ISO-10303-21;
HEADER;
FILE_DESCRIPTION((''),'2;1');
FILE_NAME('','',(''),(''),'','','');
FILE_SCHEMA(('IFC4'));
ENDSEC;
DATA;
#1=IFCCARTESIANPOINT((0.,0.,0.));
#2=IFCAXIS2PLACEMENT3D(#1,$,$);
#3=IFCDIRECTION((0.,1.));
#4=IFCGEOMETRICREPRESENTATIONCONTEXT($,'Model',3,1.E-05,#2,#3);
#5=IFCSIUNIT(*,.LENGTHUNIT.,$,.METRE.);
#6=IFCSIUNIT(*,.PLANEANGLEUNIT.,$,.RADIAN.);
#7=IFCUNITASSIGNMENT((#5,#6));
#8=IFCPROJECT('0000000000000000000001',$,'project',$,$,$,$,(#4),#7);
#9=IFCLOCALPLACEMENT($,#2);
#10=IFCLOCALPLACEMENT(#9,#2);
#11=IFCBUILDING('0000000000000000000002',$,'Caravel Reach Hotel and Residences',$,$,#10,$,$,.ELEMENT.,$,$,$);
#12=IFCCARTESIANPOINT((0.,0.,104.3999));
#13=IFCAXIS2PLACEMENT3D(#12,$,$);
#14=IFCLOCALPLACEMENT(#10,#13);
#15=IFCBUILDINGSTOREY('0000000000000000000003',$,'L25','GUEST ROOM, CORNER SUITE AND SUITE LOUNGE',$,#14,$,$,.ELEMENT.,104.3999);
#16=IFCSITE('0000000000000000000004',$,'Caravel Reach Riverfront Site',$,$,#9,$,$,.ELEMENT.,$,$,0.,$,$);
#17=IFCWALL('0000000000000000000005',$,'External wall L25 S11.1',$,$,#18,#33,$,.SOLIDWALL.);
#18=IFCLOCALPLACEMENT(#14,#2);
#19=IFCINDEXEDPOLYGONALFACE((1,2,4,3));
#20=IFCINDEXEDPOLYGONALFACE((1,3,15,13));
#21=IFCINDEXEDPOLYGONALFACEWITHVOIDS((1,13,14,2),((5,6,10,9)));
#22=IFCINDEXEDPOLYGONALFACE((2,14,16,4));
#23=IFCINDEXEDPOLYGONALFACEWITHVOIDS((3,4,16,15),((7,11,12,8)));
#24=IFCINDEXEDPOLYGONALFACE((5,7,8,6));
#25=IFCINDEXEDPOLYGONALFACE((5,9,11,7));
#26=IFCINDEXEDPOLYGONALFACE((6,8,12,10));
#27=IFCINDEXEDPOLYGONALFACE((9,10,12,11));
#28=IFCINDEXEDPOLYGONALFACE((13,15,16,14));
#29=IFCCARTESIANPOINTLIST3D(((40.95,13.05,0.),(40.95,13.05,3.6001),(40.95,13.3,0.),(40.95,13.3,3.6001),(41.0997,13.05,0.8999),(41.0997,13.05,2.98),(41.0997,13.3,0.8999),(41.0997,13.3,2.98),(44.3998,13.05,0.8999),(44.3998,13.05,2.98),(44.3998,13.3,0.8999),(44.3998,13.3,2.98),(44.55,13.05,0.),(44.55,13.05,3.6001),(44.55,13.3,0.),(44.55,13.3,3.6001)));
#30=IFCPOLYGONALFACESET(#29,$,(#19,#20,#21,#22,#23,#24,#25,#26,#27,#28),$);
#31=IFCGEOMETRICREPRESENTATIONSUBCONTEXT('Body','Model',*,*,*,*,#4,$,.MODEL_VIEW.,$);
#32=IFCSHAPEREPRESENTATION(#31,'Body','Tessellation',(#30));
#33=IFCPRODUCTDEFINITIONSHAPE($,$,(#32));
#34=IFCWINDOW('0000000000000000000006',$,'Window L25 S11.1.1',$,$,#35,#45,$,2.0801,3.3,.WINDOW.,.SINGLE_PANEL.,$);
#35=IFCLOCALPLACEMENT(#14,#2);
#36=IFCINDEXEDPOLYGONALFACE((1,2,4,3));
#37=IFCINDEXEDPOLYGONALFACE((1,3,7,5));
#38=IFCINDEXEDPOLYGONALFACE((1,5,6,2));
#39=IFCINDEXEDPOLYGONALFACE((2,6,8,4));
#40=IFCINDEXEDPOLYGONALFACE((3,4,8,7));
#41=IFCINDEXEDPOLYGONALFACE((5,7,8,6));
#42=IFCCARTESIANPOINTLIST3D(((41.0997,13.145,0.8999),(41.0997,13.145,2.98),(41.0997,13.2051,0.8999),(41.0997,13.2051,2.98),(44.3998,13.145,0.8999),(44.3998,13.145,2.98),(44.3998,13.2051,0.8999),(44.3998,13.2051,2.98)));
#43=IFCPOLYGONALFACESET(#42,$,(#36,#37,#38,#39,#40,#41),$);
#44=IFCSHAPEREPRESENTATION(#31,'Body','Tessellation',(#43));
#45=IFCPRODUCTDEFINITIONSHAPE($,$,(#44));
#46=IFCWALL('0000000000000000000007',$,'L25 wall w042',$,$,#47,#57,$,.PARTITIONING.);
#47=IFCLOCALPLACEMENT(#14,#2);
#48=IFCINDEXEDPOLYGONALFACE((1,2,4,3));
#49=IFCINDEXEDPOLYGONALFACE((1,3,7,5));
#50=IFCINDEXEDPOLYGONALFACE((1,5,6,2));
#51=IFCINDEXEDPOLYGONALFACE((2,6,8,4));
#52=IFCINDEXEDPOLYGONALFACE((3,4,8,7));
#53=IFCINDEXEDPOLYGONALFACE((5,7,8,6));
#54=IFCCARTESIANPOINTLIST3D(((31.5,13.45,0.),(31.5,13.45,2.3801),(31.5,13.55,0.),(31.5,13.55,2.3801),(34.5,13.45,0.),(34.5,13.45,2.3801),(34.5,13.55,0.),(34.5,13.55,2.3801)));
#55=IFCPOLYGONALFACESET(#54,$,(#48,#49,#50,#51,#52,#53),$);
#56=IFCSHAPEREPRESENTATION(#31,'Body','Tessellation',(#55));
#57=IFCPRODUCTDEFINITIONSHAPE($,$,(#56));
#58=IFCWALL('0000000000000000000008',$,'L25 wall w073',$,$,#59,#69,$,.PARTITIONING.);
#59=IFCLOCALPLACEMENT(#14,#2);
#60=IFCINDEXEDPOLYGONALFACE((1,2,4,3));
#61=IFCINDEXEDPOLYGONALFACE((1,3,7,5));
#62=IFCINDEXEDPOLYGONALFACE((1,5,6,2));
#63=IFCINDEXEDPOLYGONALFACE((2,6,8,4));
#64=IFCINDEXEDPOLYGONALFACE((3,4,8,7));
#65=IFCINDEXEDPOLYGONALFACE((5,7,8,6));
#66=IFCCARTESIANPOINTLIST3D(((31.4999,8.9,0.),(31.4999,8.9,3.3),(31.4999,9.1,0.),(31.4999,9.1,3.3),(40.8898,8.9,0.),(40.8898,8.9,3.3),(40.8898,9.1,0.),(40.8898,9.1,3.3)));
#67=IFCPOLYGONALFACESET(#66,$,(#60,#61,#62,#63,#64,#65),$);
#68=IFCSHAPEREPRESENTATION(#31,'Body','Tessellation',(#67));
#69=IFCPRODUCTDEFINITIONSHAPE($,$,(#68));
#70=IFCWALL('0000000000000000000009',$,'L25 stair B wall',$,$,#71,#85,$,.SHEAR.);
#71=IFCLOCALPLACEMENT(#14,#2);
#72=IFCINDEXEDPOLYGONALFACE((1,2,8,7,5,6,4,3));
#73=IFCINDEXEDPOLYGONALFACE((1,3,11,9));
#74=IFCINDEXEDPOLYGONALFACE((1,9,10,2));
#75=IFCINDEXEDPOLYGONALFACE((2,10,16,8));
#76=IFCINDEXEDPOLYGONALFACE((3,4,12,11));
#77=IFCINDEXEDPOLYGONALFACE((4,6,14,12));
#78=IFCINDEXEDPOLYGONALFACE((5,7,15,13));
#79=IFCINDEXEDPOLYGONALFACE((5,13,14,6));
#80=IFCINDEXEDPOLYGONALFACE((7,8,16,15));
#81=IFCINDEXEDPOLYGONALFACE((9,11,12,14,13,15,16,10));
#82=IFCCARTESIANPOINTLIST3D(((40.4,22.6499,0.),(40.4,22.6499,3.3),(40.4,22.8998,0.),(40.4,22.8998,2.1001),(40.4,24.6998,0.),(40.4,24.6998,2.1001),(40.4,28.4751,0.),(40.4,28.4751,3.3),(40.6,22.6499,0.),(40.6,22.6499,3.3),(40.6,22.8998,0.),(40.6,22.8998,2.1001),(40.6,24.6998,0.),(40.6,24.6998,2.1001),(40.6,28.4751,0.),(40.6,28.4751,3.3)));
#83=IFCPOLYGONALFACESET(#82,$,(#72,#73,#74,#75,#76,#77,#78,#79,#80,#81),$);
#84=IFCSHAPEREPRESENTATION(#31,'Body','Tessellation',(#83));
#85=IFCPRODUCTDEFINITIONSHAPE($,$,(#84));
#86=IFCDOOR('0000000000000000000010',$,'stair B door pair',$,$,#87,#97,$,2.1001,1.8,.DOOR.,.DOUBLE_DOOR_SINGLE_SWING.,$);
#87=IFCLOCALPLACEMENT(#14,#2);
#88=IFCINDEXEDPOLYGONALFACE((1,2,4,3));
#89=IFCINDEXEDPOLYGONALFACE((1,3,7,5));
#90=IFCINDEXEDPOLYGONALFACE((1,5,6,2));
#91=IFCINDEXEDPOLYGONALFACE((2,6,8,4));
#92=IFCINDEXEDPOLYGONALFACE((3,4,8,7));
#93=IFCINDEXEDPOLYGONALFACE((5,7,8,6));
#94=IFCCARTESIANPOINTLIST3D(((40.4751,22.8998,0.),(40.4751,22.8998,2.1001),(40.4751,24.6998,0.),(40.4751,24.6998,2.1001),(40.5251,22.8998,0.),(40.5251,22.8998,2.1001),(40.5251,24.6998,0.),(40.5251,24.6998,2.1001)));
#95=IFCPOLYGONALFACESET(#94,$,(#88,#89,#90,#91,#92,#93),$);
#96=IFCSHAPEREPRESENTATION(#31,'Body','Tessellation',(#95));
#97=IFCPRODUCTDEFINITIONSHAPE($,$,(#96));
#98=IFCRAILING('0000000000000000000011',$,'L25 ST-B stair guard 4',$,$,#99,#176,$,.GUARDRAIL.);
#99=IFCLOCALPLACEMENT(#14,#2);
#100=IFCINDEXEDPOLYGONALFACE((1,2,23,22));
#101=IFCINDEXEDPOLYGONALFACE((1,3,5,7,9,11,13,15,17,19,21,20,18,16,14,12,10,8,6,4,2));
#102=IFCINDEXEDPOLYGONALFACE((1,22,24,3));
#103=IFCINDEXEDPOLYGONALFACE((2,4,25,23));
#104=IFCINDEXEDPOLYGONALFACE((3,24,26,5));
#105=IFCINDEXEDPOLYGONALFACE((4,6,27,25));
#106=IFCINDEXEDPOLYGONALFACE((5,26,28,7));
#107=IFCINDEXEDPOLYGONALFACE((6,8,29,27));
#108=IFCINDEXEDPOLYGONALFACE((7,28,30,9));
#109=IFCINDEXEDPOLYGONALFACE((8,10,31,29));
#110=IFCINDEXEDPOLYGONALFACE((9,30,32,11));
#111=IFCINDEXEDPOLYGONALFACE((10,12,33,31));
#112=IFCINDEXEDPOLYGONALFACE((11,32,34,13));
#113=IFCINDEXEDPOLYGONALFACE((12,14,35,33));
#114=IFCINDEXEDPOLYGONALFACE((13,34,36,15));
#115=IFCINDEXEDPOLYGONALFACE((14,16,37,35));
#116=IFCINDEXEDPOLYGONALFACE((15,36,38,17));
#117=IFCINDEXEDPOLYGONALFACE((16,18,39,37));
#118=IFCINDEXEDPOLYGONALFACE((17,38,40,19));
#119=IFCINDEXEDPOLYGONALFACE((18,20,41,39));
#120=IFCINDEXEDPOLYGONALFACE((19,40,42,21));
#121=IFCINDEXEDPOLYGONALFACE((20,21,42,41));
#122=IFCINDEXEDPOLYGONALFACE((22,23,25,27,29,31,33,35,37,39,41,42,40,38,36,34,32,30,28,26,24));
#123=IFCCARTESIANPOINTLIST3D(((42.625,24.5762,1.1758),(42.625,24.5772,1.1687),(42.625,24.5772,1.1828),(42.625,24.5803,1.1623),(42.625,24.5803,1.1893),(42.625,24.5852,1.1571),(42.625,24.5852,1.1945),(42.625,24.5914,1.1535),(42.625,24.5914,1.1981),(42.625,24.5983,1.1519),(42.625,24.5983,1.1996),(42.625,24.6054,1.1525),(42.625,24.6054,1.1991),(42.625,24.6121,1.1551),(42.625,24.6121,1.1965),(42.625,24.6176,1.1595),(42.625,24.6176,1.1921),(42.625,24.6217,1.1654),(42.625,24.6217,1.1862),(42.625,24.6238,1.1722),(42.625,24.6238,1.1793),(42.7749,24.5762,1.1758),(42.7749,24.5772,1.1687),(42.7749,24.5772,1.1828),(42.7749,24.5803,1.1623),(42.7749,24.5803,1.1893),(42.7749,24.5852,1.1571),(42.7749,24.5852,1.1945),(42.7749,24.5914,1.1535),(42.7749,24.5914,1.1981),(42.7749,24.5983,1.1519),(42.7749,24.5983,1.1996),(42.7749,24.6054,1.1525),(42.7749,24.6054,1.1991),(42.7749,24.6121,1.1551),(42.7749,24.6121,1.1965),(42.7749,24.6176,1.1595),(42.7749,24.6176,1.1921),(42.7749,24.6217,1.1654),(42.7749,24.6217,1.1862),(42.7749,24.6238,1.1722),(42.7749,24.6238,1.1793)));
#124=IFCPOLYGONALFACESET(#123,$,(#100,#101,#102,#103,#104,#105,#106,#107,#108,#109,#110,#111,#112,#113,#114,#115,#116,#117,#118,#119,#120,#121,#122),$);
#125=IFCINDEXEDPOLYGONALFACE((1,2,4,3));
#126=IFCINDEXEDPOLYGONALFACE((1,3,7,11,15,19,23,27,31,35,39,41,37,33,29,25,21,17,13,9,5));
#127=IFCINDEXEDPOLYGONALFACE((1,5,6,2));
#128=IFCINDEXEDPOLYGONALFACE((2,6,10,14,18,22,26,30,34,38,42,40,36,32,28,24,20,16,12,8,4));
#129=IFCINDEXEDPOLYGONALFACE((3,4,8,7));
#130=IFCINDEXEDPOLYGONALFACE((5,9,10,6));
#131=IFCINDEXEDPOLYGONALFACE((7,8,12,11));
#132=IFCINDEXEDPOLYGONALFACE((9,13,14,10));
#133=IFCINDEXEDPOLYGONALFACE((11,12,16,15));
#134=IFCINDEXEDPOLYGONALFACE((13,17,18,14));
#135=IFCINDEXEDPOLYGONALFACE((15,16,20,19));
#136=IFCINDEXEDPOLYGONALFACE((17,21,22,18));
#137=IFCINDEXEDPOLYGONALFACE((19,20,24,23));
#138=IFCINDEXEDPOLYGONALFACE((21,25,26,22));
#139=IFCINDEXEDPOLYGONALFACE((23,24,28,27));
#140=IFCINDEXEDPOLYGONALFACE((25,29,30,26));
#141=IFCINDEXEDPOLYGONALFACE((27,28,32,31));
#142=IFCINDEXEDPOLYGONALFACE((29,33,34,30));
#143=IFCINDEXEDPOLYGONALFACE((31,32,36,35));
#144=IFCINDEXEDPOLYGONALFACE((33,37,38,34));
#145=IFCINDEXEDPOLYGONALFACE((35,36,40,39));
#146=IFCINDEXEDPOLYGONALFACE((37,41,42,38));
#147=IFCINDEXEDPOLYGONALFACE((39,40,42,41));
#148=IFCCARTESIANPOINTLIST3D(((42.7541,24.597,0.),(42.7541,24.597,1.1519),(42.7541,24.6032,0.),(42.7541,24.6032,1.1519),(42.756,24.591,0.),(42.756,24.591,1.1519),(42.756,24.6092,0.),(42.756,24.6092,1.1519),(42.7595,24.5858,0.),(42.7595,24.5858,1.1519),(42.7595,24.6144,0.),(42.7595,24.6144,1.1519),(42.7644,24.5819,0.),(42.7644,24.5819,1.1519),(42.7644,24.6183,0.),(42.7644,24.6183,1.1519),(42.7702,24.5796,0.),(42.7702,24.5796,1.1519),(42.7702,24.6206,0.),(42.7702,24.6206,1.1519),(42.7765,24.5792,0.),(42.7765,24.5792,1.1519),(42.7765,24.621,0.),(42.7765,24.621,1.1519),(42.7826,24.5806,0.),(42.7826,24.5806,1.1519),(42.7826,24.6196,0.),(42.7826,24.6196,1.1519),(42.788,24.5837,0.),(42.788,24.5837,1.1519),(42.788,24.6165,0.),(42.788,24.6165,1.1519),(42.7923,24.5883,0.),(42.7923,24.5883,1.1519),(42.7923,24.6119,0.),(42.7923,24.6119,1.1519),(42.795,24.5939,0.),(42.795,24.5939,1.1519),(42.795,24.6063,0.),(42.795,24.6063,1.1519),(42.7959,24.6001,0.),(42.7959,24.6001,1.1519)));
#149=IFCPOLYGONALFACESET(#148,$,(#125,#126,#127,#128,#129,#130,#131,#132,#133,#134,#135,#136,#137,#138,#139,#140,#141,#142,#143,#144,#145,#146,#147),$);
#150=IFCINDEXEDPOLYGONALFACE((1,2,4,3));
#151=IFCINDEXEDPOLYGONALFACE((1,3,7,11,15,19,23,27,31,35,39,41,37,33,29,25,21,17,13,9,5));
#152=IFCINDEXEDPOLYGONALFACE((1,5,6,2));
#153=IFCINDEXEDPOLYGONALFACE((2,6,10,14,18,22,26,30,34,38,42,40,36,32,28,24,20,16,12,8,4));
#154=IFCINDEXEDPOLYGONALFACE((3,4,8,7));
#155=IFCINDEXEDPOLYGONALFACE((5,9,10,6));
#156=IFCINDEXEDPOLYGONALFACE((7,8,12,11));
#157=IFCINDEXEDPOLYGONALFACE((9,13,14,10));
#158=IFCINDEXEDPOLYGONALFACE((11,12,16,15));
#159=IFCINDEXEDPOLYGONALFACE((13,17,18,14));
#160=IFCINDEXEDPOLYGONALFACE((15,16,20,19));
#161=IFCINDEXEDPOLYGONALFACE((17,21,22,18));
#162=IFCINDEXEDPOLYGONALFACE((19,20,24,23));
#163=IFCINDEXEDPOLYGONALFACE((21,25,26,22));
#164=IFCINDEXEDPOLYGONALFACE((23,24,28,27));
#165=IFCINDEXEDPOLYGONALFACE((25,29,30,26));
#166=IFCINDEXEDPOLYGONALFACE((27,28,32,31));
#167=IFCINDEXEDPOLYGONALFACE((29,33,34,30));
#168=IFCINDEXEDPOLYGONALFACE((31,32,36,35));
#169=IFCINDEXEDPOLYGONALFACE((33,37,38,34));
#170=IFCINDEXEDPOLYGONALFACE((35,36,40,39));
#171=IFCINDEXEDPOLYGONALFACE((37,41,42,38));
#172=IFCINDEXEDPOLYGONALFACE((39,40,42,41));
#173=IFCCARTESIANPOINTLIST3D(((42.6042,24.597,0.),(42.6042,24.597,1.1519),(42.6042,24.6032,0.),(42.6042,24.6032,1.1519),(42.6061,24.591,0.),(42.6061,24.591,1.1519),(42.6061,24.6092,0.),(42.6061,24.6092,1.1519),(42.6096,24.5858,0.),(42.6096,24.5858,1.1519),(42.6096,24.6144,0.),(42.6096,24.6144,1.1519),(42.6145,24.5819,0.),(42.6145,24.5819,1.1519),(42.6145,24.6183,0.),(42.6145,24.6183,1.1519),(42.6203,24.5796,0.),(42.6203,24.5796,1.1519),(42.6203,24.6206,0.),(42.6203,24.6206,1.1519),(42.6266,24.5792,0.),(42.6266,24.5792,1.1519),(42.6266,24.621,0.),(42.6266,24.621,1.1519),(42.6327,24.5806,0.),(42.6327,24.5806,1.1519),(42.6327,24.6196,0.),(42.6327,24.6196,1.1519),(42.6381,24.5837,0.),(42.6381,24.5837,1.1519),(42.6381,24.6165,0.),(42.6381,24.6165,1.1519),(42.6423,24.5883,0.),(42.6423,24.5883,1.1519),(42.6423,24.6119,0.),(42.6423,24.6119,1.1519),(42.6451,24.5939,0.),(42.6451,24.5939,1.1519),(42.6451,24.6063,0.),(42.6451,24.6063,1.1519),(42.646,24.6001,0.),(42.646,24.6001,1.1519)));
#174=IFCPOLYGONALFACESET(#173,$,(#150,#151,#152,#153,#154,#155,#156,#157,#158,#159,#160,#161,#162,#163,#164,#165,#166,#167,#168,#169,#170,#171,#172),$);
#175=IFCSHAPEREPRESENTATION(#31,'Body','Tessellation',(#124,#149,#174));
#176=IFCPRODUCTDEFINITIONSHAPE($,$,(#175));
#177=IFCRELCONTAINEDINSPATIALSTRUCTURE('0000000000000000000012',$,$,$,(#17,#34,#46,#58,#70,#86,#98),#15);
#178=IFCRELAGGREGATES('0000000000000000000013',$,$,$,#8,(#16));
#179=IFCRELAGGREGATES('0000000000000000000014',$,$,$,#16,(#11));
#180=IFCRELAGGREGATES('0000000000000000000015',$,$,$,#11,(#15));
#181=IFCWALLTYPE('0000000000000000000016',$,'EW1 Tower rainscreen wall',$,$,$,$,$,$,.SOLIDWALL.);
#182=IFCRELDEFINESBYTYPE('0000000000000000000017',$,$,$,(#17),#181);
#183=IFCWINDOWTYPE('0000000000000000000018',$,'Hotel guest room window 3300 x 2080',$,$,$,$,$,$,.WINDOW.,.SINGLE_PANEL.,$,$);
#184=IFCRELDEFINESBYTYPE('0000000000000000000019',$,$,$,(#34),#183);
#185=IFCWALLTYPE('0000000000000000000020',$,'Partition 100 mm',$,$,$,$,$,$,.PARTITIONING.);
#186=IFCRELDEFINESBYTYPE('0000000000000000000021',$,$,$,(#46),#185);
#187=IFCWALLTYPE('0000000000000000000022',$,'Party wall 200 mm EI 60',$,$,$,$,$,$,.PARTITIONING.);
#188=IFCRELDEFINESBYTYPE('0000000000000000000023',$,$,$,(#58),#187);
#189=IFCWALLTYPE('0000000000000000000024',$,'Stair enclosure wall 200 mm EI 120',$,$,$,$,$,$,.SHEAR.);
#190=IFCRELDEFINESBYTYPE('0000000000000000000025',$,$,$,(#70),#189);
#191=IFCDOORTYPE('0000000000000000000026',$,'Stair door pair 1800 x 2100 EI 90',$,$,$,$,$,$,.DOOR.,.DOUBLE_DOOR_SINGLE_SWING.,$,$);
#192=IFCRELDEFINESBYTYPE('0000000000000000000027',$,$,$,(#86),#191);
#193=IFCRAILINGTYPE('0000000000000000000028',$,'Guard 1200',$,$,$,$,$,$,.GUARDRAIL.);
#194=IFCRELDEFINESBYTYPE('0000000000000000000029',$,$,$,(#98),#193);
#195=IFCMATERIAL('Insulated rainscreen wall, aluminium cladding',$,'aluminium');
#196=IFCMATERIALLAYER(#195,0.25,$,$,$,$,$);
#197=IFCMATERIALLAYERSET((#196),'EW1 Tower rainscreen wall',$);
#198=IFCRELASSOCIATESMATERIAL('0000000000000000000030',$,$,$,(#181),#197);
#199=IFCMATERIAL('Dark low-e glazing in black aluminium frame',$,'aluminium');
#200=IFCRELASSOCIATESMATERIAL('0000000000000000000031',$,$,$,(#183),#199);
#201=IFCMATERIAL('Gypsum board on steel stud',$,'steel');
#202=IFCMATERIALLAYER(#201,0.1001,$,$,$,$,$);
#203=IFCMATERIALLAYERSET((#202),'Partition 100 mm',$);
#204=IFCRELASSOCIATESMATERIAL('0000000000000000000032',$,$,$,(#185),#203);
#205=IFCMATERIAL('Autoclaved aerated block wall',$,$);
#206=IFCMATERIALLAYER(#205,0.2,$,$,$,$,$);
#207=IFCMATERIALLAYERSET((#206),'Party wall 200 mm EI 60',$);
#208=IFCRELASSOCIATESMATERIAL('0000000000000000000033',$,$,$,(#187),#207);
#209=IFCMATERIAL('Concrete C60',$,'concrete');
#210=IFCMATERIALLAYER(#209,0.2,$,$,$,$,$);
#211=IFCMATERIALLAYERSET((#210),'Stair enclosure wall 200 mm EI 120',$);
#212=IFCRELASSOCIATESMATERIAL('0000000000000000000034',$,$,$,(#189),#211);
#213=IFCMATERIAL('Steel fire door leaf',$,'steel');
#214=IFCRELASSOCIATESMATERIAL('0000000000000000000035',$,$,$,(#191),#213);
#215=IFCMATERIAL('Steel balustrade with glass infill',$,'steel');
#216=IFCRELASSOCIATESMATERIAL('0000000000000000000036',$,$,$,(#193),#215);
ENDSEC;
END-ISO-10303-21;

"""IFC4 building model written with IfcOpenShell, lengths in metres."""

from ifc_helpers import new_model, si_unit, direction, frame, frame_2d, origin, origin_2d, place, context, subcontext, project, spatial, rectangle, circle, extrude, material, layer, layer_set, type_object, element, fill, save


model = new_model("IFC4")

# Units and contexts
model_context = context("Model", 3, precision=1e-05, world=origin(), true_north=direction((0.0, 1.0)))
body_context = subcontext(model_context, "Body", "Model", "MODEL_VIEW")
ifc_project = project(units=[si_unit("LENGTHUNIT", "METRE"), si_unit("PLANEANGLEUNIT", "RADIAN")], contexts=[model_context])

# Site, building, storey
site_placement = place(None, origin())
site = spatial("IfcSite", under=ifc_project, at=site_placement, Name="Caravel Reach Riverfront Site", CompositionType="ELEMENT", RefElevation=0.0)
building_placement = place(site_placement, origin())
building = spatial("IfcBuilding", under=site, at=building_placement, Name="Caravel Reach Hotel and Residences", CompositionType="ELEMENT")
storey_placement = place(building_placement, frame((0.0, 0.0, 104.3999)))
storey = spatial("IfcBuildingStorey", under=building, at=storey_placement, Name="L25", Description="GUEST ROOM, CORNER SUITE AND SUITE LOUNGE", CompositionType="ELEMENT", Elevation=104.3999)

# Wall, opening, window
ifc_material_1 = material(Name="Insulated rainscreen wall, aluminium cladding", Category="aluminium")
ifc_layer_1 = layer(ifc_material_1, 0.25)
ifc_layer_set_1 = layer_set([ifc_layer_1], Name="EW1 Tower rainscreen wall")
wall_type_1 = type_object("IfcWallType", Name="EW1 Tower rainscreen wall", PredefinedType="SOLIDWALL", material=ifc_layer_set_1)
wall_1_placement = place(storey_placement, frame((40.95, 13.175, 0.0), z_axis=(0.0, 0.0, 1.0), x_axis=(1.0, 0.0, 0.0)))
wall_1 = element("IfcWall", 1, at=wall_1_placement, inside=storey, type_object=wall_type_1, Name="External wall L25 S11.1", PredefinedType="SOLIDWALL", context=body_context, shape_type="SweptSolid", body=[
    extrude(rectangle(XDim=3.6001, YDim=0.25, at=frame_2d((1.8, 0.0))), origin(), (0.0, 0.0, 1.0), 3.6001),
])
opening_1_placement = place(wall_1_placement, frame((0.1499, 0.0, 0.8999)))
opening_1 = element("IfcOpeningElement", 2, at=opening_1_placement, cuts=wall_1, PredefinedType="OPENING", context=body_context, shape_type="SweptSolid", body=[
    extrude(rectangle(XDim=3.3, YDim=2.0801, at=frame_2d((1.6499, 1.04))), frame((0.0, 0.135, 0.0), z_axis=(0.0, -1.0, 0.0), x_axis=(1.0, 0.0, 0.0)), (0.0, 0.0, 1.0), 0.27),
])
ifc_material_2 = material(Name="Dark low-e glazing in black aluminium frame", Category="aluminium")
window_type = type_object("IfcWindowType", Name="Hotel guest room window 3300 x 2080", PartitioningType="SINGLE_PANEL", PredefinedType="WINDOW", material=ifc_material_2)
window_placement = place(opening_1_placement, origin())
window = element("IfcWindow", 3, at=window_placement, inside=storey, type_object=window_type, Name="Window L25 S11.1.1", OverallHeight=2.0801, OverallWidth=3.3, PartitioningType="SINGLE_PANEL", PredefinedType="WINDOW", context=body_context, shape_type="SweptSolid", body=[
    extrude(rectangle(XDim=3.3, YDim=2.0801, at=frame_2d((1.6499, 1.04))), frame((0.0, 0.03, 0.0), z_axis=(0.0, -1.0, 0.0), x_axis=(1.0, 0.0, 0.0)), (0.0, 0.0, 1.0), 0.0601),
])
fill(opening_1, window)

# Walls
ifc_material_3 = material(Name="Gypsum board on steel stud", Category="steel")
ifc_layer_2 = layer(ifc_material_3, 0.1001)
ifc_layer_set_2 = layer_set([ifc_layer_2], Name="Partition 100 mm")
wall_type_2 = type_object("IfcWallType", Name="Partition 100 mm", PredefinedType="PARTITIONING", material=ifc_layer_set_2)
wall_2_placement = place(storey_placement, frame((31.5, 13.5, 0.0), z_axis=(0.0, 0.0, 1.0), x_axis=(1.0, 0.0, 0.0)))
element("IfcWall", 4, at=wall_2_placement, inside=storey, type_object=wall_type_2, Name="L25 wall w042", PredefinedType="PARTITIONING", context=body_context, shape_type="SweptSolid", body=[
    extrude(rectangle(XDim=3.0, YDim=0.1001, at=frame_2d((1.5, 0.0))), origin(), (0.0, 0.0, 1.0), 2.3801),
])
ifc_material_4 = material(Name="Autoclaved aerated block wall")
ifc_layer_3 = layer(ifc_material_4, 0.2)
ifc_layer_set_3 = layer_set([ifc_layer_3], Name="Party wall 200 mm EI 60")
wall_type_3 = type_object("IfcWallType", Name="Party wall 200 mm EI 60", PredefinedType="PARTITIONING", material=ifc_layer_set_3)
wall_3_placement = place(storey_placement, frame((31.5, 9.0, 0.0), z_axis=(0.0, 0.0, 1.0), x_axis=(1.0, 0.0, 0.0)))
element("IfcWall", 5, at=wall_3_placement, inside=storey, type_object=wall_type_3, Name="L25 wall w073", PredefinedType="PARTITIONING", context=body_context, shape_type="SweptSolid", body=[
    extrude(rectangle(XDim=9.3899, YDim=0.2, at=frame_2d((4.6948, 0.0))), origin(), (0.0, 0.0, 1.0), 3.3),
])

# Wall, opening, door
ifc_material_5 = material(Name="Concrete C60", Category="concrete")
ifc_layer_4 = layer(ifc_material_5, 0.2)
ifc_layer_set_4 = layer_set([ifc_layer_4], Name="Stair enclosure wall 200 mm EI 120")
wall_type_4 = type_object("IfcWallType", Name="Stair enclosure wall 200 mm EI 120", PredefinedType="SHEAR", material=ifc_layer_set_4)
wall_4_placement = place(storey_placement, frame((40.5, 22.6499, 0.0), z_axis=(0.0, 0.0, 1.0), x_axis=(0.0, 1.0, 0.0)))
wall_4 = element("IfcWall", 6, at=wall_4_placement, inside=storey, type_object=wall_type_4, Name="L25 stair B wall", PredefinedType="SHEAR", context=body_context, shape_type="SweptSolid", body=[
    extrude(rectangle(XDim=5.8252, YDim=0.2, at=frame_2d((2.9126, 0.0))), origin(), (0.0, 0.0, 1.0), 3.3),
])
opening_2_placement = place(wall_4_placement, frame((0.25, 0.0, 0.0)))
opening_2 = element("IfcOpeningElement", 7, at=opening_2_placement, cuts=wall_4, PredefinedType="OPENING", context=body_context, shape_type="SweptSolid", body=[
    extrude(rectangle(XDim=1.8, YDim=2.1001, at=frame_2d((0.8999, 1.05))), frame((0.0, 0.1099, 0.0), z_axis=(0.0, -1.0, 0.0), x_axis=(1.0, 0.0, 0.0)), (0.0, 0.0, 1.0), 0.22),
])
ifc_material_6 = material(Name="Steel fire door leaf", Category="steel")
door_type_1 = type_object("IfcDoorType", Name="Stair door pair 1800 x 2100 EI 90", OperationType="DOUBLE_DOOR_SINGLE_SWING", PredefinedType="DOOR", material=ifc_material_6)
door_1_placement = place(opening_2_placement, origin())
door_1 = element("IfcDoor", 8, at=door_1_placement, inside=storey, type_object=door_type_1, Name="stair B door pair", OperationType="DOUBLE_DOOR_SINGLE_SWING", OverallHeight=2.1001, OverallWidth=1.8, PredefinedType="DOOR", context=body_context, shape_type="SweptSolid", body=[
    extrude(rectangle(XDim=1.8, YDim=2.1001, at=frame_2d((0.8999, 1.05))), frame((0.0, 0.0249, 0.0), z_axis=(0.0, -1.0, 0.0), x_axis=(1.0, 0.0, 0.0)), (0.0, 0.0, 1.0), 0.05),
])
fill(opening_2, door_1)

# Railing
ifc_material_7 = material(Name="Steel balustrade with glass infill", Category="steel")
railing_type = type_object("IfcRailingType", Name="Guard 1200", PredefinedType="GUARDRAIL", material=ifc_material_7)
railing_placement = place(storey_placement, frame((42.7749, 24.6001, 0.0)))
element("IfcRailing", 9, at=railing_placement, inside=storey, type_object=railing_type, Name="L25 ST-B stair guard 4", PredefinedType="GUARDRAIL", context=body_context, shape_type="SweptSolid", body=[
    extrude(circle(Radius=0.0239, at=origin_2d()), frame((0.0, 0.0, 1.1758), z_axis=(-1.0, 0.0, 0.0), x_axis=(0.0, -1.0, 0.0)), (0.0, 0.0, 1.0), 0.1499),
    extrude(circle(Radius=0.021, at=origin_2d()), origin(), (0.0, 0.0, 1.0), 1.1519),
    extrude(circle(Radius=0.021, at=origin_2d()), frame((-0.1499, 0.0, 0.0)), (0.0, 0.0, 1.0), 1.1519),
])

save(model, "model.ifc")
